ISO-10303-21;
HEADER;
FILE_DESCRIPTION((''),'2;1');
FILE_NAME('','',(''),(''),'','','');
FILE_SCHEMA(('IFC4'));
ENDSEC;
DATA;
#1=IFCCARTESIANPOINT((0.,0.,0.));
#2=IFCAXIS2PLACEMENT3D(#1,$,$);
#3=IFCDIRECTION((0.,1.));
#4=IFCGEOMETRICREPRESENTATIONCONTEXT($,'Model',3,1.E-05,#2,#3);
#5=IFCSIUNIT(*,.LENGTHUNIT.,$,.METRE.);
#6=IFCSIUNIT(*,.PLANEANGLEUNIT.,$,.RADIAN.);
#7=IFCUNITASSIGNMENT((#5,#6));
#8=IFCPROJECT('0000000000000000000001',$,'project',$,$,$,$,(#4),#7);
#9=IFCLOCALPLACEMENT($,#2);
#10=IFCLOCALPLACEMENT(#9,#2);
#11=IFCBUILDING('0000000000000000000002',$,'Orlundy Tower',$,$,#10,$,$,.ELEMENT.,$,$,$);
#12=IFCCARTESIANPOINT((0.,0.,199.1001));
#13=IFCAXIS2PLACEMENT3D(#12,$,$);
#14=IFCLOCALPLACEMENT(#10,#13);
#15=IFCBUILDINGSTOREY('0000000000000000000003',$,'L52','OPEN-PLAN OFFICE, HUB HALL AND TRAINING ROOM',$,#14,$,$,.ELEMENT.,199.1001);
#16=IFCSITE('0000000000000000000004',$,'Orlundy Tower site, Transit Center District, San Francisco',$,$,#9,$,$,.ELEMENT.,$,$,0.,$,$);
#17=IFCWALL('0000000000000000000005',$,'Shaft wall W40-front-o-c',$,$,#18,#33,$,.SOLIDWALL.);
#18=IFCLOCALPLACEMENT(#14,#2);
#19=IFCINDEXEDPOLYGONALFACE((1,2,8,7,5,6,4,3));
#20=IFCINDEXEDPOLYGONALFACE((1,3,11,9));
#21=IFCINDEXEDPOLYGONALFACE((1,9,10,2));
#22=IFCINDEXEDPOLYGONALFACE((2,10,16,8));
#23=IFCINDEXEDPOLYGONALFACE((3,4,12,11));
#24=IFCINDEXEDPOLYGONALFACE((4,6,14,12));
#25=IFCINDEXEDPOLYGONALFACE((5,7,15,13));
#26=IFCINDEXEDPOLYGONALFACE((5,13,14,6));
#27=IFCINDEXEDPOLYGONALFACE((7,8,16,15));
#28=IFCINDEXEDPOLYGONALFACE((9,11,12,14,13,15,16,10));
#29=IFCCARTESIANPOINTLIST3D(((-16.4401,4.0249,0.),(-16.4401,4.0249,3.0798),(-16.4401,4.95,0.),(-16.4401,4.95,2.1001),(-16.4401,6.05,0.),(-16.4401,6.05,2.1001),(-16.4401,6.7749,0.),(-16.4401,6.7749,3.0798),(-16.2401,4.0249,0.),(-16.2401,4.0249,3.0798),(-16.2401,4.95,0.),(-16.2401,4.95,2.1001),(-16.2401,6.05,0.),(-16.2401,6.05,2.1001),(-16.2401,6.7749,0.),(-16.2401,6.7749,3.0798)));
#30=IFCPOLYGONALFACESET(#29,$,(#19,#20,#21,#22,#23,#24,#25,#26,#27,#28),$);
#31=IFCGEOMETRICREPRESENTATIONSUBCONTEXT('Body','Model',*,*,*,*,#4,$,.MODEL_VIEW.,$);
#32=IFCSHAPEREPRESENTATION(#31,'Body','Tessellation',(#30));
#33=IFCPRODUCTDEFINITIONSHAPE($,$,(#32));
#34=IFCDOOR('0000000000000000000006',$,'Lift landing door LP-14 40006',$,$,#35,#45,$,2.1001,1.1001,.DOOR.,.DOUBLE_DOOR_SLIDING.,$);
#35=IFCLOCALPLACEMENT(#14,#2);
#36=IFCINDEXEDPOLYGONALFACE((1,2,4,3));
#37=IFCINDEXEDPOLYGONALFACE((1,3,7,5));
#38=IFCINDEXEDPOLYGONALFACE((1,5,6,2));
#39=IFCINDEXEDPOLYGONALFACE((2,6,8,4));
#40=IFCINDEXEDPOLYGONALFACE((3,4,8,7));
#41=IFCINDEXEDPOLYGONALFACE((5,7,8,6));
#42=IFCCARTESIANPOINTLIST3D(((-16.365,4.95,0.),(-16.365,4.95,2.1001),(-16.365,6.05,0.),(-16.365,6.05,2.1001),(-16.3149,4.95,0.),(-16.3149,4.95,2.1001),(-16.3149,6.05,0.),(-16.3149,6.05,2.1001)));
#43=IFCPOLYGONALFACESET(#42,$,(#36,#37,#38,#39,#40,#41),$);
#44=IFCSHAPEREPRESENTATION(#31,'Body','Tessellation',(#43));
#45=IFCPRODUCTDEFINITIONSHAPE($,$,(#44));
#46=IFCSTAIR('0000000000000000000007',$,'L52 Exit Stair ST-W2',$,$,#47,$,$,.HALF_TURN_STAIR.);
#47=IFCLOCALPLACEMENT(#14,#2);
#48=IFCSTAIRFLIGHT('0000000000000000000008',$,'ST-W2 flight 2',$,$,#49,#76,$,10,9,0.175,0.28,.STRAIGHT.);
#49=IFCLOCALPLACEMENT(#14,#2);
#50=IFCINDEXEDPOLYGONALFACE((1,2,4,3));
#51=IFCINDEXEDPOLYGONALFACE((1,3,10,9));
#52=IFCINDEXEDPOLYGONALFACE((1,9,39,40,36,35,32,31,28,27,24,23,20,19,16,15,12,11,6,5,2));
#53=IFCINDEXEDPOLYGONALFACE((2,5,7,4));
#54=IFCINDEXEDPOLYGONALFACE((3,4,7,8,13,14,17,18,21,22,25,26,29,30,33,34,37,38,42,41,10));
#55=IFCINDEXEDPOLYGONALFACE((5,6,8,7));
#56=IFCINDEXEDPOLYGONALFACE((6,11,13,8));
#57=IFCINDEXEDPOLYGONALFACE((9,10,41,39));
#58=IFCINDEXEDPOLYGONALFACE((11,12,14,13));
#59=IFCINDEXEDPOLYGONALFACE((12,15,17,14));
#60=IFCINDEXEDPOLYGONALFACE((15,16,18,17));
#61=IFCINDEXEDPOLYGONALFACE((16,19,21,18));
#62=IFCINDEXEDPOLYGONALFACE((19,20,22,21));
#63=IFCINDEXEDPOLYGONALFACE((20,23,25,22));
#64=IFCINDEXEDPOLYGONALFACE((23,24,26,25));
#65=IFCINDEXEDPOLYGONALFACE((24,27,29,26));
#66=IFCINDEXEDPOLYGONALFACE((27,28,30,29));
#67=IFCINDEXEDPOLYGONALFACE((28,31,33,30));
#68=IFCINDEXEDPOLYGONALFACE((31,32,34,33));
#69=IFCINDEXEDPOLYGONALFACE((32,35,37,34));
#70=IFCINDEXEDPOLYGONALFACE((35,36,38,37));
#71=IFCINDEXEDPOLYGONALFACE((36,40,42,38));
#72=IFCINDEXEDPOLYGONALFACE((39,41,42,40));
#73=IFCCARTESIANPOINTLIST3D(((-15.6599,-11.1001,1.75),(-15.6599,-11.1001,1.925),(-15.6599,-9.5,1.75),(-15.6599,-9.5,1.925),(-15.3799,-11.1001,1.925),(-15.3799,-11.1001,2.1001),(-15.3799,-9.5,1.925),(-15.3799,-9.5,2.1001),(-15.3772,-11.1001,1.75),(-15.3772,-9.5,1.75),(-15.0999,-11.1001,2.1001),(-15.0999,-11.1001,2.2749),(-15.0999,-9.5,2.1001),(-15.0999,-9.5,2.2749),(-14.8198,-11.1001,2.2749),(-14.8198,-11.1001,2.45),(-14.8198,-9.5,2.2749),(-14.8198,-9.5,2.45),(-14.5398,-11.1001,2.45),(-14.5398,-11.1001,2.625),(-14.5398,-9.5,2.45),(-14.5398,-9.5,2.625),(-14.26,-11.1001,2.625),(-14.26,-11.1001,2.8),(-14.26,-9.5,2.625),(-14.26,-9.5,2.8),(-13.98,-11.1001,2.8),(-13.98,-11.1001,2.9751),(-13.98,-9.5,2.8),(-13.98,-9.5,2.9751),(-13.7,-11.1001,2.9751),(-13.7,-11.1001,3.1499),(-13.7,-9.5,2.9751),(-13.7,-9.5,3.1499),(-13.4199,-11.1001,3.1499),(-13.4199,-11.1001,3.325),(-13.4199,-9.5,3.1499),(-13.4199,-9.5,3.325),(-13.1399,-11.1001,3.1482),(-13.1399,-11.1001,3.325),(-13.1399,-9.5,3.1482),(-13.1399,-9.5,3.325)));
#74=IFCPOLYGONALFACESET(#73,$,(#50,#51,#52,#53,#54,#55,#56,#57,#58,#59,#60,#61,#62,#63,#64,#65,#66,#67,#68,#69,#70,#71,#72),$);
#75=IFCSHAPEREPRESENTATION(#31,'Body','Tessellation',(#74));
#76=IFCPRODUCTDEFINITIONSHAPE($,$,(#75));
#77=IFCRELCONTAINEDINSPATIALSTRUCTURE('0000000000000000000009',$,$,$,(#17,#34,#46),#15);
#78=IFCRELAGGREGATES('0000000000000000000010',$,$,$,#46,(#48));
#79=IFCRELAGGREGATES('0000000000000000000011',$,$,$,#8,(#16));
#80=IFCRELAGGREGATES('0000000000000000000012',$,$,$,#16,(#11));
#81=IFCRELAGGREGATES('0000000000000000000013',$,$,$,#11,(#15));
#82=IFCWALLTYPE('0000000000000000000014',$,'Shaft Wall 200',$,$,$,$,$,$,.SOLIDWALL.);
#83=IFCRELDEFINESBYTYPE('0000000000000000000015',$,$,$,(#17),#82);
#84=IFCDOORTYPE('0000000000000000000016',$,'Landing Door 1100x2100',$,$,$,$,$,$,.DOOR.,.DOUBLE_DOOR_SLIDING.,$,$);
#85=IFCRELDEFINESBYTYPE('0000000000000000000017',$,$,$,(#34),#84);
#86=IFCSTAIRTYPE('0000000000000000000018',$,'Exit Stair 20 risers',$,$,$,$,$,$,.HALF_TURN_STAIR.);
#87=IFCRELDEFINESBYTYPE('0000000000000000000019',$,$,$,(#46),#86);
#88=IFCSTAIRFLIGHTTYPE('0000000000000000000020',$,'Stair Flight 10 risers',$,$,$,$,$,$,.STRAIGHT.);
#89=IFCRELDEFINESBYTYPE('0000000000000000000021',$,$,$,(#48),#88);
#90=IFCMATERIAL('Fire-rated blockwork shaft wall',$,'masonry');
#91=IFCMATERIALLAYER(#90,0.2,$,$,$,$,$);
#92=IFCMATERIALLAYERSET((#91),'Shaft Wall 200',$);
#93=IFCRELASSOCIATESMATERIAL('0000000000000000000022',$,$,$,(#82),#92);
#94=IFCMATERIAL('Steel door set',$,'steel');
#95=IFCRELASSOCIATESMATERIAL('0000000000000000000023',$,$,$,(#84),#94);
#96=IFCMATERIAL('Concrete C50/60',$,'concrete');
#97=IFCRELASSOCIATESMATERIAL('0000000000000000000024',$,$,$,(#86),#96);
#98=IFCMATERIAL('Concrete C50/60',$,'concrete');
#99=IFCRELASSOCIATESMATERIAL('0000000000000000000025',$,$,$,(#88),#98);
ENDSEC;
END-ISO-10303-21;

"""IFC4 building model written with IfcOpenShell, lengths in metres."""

from ifc_helpers import new_model, si_unit, direction, frame, frame_2d, origin, place, context, subcontext, project, spatial, polyline, rectangle, outline, extrude, material, layer, layer_set, type_object, element, fill, aggregate, save


model = new_model("IFC4")

# Units and contexts
model_context = context("Model", 3, precision=1e-05, world=origin(), true_north=direction((0.0, 1.0)))
body_context = subcontext(model_context, "Body", "Model", "MODEL_VIEW")
ifc_project = project(units=[si_unit("LENGTHUNIT", "METRE"), si_unit("PLANEANGLEUNIT", "RADIAN")], contexts=[model_context])

# Site, building, storey
site_placement = place(None, origin())
site = spatial("IfcSite", under=ifc_project, at=site_placement, Name="Orlundy Tower site, Transit Center District, San Francisco", CompositionType="ELEMENT", RefElevation=0.0)
building_placement = place(site_placement, origin())
building = spatial("IfcBuilding", under=site, at=building_placement, Name="Orlundy Tower", CompositionType="ELEMENT")
storey_placement = place(building_placement, frame((0.0, 0.0, 199.1001)))
storey = spatial("IfcBuildingStorey", under=building, at=storey_placement, Name="L52", Description="OPEN-PLAN OFFICE, HUB HALL AND TRAINING ROOM", CompositionType="ELEMENT", Elevation=199.1001)

# Shared definitions
ifc_material_1 = material(Name="Fire-rated blockwork shaft wall", Category="masonry")
ifc_layer_1 = layer(ifc_material_1, 0.2)
ifc_layer_set_1 = layer_set([ifc_layer_1], Name="Shaft Wall 200")
wall_type_1 = type_object("IfcWallType", Name="Shaft Wall 200", PredefinedType="SOLIDWALL", material=ifc_layer_set_1)

# Shared definitions
ifc_material_2 = material(Name="Steel door set", Category="steel")
door_type_1 = type_object("IfcDoorType", Name="Landing Door 1100x2100", OperationType="DOUBLE_DOOR_SLIDING", PredefinedType="DOOR", material=ifc_material_2)

# Wall, opening, door
wall_1_placement = place(storey_placement, frame((-16.3401, 4.0249, 0.0), z_axis=(0.0, 0.0, 1.0), x_axis=(0.0, 1.0, 0.0)))
wall_1 = element("IfcWall", 1, at=wall_1_placement, inside=storey, type_object=wall_type_1, Name="Shaft wall W40-front-o-c", PredefinedType="SOLIDWALL", context=body_context, shape_type="SweptSolid", body=[
    extrude(rectangle(XDim=2.75, YDim=0.2, at=frame_2d((1.375, 0.0))), origin(), (0.0, 0.0, 1.0), 3.0798),
])
opening_1_placement = place(wall_1_placement, frame((0.925, 0.0, 0.0)))
opening_1 = element("IfcOpeningElement", 2, at=opening_1_placement, cuts=wall_1, PredefinedType="OPENING", context=body_context, shape_type="SweptSolid", body=[
    extrude(rectangle(XDim=1.1001, YDim=2.1001, at=frame_2d((0.55, 1.05))), frame((0.0, 0.1101, 0.0), z_axis=(0.0, -1.0, 0.0), x_axis=(1.0, 0.0, 0.0)), (0.0, 0.0, 1.0), 0.2202),
])
door_1_placement = place(opening_1_placement, origin())
door_1 = element("IfcDoor", 3, at=door_1_placement, inside=storey, type_object=door_type_1, Name="Lift landing door LP-14 40006", OperationType="DOUBLE_DOOR_SLIDING", OverallHeight=2.1001, OverallWidth=1.1001, PredefinedType="DOOR", context=body_context, shape_type="SweptSolid", body=[
    extrude(rectangle(XDim=1.1001, YDim=2.1001, at=frame_2d((0.55, 1.05))), frame((0.0, 0.0249, 0.0), z_axis=(0.0, -1.0, 0.0), x_axis=(1.0, 0.0, 0.0)), (0.0, 0.0, 1.0), 0.05),
])
fill(opening_1, door_1)

# Stair, stair flight
ifc_material_3 = material(Name="Concrete C50/60", Category="concrete")
stair_type = type_object("IfcStairType", Name="Exit Stair 20 risers", PredefinedType="HALF_TURN_STAIR", material=ifc_material_3)
stair_placement = place(storey_placement, origin())
stair = element("IfcStair", 4, at=stair_placement, inside=storey, type_object=stair_type, Name="L52 Exit Stair ST-W2", PredefinedType="HALF_TURN_STAIR")
ifc_material_4 = material(Name="Concrete C50/60", Category="concrete")
stair_flight_type = type_object("IfcStairFlightType", Name="Stair Flight 10 risers", PredefinedType="STRAIGHT", material=ifc_material_4)
stair_flight_placement = place(storey_placement, frame((-15.6599, -10.3, 1.75), z_axis=(0.0, 0.0, 1.0), x_axis=(1.0, 0.0, 0.0)))
stair_flight = element("IfcStairFlight", 5, at=stair_flight_placement, type_object=stair_flight_type, Name="ST-W2 flight 2", NumberOfRisers=10, NumberOfTreads=9, PredefinedType="STRAIGHT", RiserHeight=0.175, TreadLength=0.28, context=body_context, shape_type="SweptSolid", body=[
    extrude(outline(polyline([(0.0, 0.0), (0.0, 0.175), (0.28, 0.175), (0.28, 0.3501), (0.5601, 0.3501), (0.5601, 0.5249), (0.8401, 0.5249), (0.8401, 0.7), (1.1201, 0.7), (1.1201, 0.875), (1.3999, 0.875), (1.3999, 1.05), (1.6799, 1.05), (1.6799, 1.2251), (1.96, 1.2251), (1.96, 1.3999), (2.24, 1.3999), (2.24, 1.575), (2.52, 1.575), (2.52, 1.75), (2.52, 1.3982), (0.2827, 0.0), (0.0, 0.0)])), frame((0.0, 0.8, 0.0), z_axis=(0.0, -1.0, 0.0), x_axis=(1.0, 0.0, 0.0)), (0.0, 0.0, 1.0), 1.6001),
])
aggregate(stair, [stair_flight])

save(model, "model.ifc")
